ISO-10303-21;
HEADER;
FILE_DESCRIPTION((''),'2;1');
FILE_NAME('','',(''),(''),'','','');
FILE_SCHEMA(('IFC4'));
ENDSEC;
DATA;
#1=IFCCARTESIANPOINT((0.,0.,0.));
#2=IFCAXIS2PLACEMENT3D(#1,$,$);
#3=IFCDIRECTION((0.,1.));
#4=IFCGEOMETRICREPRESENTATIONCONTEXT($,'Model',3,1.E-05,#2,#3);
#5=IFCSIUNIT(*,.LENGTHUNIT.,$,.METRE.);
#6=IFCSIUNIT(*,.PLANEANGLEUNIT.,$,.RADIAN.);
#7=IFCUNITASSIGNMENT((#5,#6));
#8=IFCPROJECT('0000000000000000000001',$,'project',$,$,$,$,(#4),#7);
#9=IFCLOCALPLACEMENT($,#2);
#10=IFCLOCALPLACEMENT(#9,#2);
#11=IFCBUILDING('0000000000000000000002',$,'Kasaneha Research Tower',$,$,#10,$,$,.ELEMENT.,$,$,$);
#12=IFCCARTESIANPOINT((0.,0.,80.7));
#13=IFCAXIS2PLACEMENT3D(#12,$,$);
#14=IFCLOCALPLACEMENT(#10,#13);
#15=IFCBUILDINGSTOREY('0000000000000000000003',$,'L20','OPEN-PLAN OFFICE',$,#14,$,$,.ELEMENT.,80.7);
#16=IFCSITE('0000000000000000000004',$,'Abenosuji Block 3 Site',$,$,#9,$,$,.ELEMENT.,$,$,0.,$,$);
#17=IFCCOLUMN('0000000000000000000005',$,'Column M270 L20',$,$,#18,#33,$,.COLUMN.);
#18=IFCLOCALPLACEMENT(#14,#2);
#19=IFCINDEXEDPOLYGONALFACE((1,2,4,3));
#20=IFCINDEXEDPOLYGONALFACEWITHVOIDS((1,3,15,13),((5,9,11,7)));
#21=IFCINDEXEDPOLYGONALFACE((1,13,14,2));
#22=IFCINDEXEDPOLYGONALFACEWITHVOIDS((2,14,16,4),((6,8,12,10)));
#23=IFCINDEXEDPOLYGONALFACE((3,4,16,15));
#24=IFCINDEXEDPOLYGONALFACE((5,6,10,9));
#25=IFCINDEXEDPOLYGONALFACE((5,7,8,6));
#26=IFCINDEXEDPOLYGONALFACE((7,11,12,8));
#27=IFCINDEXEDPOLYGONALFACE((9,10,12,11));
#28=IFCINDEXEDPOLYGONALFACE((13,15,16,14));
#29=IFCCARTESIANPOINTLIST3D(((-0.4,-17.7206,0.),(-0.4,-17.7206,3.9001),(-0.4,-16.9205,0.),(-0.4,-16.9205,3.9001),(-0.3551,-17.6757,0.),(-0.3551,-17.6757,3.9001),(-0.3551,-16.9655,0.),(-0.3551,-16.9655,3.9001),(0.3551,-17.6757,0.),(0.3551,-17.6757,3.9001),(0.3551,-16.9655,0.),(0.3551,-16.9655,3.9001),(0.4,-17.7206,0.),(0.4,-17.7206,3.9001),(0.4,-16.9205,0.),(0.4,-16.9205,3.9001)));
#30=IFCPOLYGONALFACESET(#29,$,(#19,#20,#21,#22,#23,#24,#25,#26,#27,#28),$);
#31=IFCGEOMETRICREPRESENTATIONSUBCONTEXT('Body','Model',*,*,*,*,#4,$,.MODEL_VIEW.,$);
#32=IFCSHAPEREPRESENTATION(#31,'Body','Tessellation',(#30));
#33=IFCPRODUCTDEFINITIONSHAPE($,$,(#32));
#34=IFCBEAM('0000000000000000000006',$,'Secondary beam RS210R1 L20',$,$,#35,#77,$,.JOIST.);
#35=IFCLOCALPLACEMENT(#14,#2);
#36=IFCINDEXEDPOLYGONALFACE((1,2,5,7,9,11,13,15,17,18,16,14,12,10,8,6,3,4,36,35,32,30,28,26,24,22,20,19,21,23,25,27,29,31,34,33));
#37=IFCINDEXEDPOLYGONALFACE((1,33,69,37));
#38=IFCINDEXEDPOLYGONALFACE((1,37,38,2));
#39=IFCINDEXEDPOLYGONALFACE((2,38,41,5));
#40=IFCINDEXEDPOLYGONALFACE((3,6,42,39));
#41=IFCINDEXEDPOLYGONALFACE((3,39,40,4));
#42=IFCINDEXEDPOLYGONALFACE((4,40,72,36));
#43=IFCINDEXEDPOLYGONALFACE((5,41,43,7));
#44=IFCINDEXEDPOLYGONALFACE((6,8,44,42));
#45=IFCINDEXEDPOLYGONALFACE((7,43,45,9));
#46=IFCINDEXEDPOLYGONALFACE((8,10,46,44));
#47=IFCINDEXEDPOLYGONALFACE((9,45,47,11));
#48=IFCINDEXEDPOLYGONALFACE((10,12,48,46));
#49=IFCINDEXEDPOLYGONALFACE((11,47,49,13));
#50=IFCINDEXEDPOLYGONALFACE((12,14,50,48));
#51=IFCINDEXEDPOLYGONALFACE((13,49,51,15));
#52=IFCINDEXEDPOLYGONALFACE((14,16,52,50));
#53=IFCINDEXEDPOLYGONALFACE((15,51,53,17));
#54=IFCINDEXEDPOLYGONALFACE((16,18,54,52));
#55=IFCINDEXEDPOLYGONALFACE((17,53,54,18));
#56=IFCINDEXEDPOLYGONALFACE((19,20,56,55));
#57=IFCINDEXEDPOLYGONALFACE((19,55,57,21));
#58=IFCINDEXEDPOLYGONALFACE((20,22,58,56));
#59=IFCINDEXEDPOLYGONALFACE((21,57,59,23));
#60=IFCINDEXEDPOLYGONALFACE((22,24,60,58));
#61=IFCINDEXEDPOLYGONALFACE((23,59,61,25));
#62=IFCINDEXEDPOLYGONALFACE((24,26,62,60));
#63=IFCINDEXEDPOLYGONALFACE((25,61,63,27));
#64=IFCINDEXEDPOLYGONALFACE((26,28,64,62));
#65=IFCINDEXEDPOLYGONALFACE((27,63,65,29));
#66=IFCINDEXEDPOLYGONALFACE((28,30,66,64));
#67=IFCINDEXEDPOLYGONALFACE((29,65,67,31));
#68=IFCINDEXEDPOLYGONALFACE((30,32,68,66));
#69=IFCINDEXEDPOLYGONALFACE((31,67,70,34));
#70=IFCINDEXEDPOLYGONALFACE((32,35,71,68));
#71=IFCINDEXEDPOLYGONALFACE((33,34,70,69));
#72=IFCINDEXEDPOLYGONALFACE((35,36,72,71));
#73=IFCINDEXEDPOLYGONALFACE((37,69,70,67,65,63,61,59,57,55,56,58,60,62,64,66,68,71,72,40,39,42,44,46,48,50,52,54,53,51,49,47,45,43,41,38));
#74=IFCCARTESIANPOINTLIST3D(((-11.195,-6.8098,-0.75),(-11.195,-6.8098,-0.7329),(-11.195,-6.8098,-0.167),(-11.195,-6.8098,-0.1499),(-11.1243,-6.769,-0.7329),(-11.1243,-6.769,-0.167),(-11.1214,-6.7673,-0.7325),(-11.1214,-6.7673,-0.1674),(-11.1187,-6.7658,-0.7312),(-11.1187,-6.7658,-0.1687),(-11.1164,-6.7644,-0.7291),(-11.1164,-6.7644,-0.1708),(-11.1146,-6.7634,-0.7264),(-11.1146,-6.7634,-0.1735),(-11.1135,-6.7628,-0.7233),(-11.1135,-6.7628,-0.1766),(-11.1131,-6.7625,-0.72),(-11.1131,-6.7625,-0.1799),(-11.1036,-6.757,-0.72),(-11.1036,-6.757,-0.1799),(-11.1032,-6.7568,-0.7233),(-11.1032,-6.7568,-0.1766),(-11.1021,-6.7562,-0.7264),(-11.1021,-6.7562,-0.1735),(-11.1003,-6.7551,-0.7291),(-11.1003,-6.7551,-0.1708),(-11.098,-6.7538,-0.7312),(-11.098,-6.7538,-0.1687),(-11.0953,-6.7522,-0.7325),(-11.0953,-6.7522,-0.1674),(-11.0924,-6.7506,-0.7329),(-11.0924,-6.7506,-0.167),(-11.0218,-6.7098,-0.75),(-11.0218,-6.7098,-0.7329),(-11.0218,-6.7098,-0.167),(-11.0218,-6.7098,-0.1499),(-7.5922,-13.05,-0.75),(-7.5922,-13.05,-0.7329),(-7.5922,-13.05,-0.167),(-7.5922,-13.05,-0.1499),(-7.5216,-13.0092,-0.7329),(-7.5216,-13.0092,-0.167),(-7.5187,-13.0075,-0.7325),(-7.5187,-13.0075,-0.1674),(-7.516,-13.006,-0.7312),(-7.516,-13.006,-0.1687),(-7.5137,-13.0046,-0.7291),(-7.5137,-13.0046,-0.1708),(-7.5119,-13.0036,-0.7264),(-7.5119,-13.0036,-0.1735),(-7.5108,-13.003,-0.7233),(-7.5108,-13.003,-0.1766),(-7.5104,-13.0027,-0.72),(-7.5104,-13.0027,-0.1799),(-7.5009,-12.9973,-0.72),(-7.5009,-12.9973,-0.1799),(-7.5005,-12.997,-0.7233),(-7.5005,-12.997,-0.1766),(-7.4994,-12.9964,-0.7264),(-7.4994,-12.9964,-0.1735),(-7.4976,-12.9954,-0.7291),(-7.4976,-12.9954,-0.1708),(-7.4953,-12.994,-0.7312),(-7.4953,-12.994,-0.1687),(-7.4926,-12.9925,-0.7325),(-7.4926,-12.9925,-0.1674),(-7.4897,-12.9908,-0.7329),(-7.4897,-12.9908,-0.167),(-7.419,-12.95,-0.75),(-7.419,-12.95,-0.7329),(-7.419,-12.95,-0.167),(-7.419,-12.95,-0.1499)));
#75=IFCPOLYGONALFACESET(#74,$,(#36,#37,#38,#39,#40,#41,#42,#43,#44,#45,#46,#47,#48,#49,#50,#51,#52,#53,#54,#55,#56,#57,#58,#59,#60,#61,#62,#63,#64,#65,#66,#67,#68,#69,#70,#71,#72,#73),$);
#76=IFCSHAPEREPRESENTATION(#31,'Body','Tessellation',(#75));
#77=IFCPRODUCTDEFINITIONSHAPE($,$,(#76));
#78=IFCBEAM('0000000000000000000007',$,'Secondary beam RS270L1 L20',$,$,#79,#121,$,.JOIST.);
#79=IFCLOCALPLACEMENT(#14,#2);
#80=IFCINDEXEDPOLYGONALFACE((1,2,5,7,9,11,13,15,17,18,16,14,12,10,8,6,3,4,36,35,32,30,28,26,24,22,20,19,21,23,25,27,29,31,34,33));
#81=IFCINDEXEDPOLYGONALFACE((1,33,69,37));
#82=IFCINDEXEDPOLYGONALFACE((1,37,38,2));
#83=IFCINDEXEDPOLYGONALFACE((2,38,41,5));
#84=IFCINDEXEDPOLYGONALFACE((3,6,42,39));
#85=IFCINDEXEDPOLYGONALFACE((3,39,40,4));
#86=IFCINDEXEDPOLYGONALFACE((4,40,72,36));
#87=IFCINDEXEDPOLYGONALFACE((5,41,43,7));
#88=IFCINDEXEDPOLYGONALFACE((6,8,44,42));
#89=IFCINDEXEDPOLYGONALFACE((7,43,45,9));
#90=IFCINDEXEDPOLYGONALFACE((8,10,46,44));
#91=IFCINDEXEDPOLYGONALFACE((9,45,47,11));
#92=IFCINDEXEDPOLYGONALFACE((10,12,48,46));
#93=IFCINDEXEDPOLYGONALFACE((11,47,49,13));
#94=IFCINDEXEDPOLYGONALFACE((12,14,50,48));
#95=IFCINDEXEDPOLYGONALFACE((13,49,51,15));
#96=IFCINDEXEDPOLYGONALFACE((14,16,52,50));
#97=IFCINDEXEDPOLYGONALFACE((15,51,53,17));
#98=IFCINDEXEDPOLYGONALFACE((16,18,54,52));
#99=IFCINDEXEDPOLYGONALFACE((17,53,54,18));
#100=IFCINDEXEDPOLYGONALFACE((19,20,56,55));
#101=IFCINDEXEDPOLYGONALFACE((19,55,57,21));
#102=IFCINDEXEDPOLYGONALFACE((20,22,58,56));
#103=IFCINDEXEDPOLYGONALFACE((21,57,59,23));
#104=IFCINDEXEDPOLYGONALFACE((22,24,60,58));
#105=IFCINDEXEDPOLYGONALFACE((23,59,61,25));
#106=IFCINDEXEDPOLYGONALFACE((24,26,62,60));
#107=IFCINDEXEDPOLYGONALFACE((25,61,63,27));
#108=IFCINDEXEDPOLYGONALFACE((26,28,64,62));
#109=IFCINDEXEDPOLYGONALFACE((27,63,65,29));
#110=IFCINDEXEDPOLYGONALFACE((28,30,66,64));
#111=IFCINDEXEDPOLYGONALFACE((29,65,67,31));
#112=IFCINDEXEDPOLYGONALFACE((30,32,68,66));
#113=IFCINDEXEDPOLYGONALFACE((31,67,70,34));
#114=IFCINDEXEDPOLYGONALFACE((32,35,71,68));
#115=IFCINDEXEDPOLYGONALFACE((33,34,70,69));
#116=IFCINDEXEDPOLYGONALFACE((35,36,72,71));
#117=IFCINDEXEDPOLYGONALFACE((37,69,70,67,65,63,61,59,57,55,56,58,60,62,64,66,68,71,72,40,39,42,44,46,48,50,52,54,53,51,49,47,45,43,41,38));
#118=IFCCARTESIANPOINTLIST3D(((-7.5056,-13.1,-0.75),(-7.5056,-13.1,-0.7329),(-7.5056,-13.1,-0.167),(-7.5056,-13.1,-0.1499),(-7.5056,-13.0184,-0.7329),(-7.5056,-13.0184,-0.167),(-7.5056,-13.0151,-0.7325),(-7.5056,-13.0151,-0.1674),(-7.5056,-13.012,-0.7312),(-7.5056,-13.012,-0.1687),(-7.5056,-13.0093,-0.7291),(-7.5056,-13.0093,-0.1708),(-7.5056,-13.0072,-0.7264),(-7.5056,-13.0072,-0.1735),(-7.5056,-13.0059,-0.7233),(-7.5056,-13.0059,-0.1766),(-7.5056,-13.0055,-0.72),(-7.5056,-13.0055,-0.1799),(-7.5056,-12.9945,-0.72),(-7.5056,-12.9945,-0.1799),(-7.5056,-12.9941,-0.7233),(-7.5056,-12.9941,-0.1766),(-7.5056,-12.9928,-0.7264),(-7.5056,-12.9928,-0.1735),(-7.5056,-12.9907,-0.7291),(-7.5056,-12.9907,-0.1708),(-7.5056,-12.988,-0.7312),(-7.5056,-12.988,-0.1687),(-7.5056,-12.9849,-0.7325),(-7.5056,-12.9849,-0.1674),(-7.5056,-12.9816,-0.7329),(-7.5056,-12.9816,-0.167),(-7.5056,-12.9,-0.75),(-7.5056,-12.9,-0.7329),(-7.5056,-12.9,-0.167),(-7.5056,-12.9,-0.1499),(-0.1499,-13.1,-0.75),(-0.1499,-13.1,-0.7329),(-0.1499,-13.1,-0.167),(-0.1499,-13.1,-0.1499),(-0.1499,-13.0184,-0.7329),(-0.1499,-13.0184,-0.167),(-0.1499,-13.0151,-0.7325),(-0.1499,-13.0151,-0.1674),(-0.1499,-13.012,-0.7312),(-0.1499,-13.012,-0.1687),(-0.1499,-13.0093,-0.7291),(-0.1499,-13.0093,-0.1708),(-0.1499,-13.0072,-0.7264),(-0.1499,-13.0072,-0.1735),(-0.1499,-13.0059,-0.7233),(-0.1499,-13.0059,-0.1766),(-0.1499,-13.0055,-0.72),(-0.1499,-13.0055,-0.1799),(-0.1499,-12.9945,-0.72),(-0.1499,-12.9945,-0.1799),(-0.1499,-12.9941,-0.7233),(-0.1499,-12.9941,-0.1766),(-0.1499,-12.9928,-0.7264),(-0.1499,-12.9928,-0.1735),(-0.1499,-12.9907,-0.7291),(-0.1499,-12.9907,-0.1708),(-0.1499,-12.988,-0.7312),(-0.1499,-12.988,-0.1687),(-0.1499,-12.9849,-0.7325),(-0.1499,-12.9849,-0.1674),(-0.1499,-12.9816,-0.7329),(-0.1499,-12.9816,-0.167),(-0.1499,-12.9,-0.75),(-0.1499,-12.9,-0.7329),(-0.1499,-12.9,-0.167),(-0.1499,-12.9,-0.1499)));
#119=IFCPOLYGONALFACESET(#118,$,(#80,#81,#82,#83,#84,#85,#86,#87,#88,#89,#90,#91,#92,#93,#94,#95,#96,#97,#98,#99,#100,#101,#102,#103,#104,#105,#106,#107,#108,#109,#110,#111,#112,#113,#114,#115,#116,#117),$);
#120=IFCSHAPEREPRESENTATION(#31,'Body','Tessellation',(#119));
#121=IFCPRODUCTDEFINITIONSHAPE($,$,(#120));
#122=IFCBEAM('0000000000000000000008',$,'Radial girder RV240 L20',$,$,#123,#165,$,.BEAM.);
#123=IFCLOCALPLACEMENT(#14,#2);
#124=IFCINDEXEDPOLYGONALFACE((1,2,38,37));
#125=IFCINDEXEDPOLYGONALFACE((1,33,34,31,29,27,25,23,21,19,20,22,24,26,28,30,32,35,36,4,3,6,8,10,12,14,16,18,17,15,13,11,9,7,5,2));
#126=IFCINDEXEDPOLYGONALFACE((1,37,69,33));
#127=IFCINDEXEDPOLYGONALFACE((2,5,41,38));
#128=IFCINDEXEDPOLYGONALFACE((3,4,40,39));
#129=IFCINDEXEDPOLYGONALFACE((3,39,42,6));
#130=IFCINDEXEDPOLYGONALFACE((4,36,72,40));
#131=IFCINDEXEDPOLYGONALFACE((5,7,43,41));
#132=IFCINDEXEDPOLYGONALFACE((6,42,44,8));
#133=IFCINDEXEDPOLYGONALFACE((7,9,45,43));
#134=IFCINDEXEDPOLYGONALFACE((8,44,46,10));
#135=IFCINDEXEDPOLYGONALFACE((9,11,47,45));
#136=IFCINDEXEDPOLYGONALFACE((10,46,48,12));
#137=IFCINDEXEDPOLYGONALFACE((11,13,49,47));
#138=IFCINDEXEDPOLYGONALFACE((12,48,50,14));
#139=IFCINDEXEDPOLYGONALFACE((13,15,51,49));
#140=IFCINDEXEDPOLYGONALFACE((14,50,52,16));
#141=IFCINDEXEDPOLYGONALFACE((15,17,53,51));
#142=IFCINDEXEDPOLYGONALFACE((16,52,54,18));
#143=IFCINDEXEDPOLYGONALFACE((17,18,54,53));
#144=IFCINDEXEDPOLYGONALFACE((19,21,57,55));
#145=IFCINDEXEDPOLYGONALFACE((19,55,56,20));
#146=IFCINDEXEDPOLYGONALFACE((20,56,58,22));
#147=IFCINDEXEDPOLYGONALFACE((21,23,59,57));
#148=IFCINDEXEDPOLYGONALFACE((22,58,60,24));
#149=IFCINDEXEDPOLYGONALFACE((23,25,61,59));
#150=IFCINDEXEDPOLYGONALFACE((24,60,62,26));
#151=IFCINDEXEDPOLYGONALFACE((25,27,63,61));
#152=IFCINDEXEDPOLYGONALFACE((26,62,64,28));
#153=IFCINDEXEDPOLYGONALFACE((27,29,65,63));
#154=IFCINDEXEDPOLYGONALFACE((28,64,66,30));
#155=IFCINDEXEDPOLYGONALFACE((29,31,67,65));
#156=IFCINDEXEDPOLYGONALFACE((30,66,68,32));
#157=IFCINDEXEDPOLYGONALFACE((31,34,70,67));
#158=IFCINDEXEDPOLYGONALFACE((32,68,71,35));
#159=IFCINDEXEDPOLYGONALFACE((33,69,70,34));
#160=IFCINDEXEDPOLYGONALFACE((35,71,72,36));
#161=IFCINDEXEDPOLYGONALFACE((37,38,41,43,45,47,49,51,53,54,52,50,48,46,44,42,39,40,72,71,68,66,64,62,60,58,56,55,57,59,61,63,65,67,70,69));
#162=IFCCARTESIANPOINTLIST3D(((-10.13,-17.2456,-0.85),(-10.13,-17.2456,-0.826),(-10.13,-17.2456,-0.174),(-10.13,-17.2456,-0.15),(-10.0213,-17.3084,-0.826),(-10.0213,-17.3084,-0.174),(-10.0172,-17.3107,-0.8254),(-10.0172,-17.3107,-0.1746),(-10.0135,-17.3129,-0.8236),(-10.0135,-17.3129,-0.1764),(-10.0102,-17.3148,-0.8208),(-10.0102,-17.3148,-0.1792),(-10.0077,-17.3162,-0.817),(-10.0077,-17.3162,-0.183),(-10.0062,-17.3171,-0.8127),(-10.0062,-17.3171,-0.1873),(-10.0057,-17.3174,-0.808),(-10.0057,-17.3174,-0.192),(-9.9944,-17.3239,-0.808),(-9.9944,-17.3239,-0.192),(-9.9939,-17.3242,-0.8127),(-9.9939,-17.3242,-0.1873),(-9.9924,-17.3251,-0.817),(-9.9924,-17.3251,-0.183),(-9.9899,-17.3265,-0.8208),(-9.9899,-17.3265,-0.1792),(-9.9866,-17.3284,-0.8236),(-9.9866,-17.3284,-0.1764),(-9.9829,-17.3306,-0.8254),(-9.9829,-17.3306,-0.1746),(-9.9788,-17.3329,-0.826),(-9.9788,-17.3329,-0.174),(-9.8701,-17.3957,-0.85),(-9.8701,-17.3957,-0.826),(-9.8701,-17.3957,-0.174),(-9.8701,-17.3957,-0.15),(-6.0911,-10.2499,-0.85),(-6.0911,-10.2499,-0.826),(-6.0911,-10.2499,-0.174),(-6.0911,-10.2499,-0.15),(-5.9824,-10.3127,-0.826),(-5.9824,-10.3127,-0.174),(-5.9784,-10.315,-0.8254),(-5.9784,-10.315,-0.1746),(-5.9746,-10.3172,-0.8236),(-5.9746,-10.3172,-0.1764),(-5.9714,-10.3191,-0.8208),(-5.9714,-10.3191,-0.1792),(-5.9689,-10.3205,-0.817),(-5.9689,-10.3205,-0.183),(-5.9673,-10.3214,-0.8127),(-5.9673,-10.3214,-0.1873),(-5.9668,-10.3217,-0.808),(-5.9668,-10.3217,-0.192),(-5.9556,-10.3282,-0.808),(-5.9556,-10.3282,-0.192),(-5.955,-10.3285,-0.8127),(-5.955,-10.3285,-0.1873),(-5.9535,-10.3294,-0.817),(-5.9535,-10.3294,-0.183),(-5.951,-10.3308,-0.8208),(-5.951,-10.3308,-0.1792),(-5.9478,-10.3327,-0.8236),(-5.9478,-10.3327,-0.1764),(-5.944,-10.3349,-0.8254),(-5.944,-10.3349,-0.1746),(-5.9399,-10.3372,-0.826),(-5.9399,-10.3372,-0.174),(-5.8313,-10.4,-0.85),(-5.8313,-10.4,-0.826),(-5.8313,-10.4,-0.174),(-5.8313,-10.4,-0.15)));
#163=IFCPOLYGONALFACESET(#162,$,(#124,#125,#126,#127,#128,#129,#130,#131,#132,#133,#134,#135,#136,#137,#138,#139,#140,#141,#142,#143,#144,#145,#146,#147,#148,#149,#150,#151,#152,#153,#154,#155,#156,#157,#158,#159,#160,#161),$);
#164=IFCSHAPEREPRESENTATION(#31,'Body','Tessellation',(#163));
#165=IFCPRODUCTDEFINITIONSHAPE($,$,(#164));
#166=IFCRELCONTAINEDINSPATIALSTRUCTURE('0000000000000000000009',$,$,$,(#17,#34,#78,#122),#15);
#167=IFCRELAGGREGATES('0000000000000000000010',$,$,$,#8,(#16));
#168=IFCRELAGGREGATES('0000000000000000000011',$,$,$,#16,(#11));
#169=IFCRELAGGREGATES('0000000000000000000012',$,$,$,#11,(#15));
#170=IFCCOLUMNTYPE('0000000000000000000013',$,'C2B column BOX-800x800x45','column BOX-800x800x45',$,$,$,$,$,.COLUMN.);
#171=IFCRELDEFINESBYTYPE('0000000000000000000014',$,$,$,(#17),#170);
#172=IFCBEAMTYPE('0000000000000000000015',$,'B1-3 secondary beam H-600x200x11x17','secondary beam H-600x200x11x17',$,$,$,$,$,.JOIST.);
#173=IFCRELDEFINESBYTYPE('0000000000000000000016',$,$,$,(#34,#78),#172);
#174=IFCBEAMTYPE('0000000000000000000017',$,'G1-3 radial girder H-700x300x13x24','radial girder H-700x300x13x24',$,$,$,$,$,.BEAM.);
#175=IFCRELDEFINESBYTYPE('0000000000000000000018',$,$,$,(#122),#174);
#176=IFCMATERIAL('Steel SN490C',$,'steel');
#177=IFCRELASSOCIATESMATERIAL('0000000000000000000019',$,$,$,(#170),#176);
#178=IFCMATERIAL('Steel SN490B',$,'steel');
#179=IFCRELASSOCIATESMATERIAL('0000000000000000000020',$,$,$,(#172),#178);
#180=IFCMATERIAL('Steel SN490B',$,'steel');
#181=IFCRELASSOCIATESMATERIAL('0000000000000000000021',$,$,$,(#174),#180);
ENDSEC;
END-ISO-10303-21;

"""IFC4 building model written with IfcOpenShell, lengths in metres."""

from ifc_helpers import new_model, si_unit, direction, frame, origin, origin_2d, place, context, subcontext, project, spatial, hollow_rectangle, i_section, extrude, material, material_profile, profile_set, type_object, element, save


model = new_model("IFC4")

# Units and contexts
model_context = context("Model", 3, precision=1e-05, world=origin(), true_north=direction((0.0, 1.0)))
body_context = subcontext(model_context, "Body", "Model", "MODEL_VIEW")
ifc_project = project(units=[si_unit("LENGTHUNIT", "METRE"), si_unit("PLANEANGLEUNIT", "RADIAN")], contexts=[model_context])

# Site, building, storey
site_placement = place(None, origin())
site = spatial("IfcSite", under=ifc_project, at=site_placement, Name="Abenosuji Block 3 Site", CompositionType="ELEMENT", RefElevation=0.0)
building_placement = place(site_placement, origin())
building = spatial("IfcBuilding", under=site, at=building_placement, Name="Kasaneha Research Tower", CompositionType="ELEMENT")
storey_placement = place(building_placement, frame((0.0, 0.0, 80.7)))
storey = spatial("IfcBuildingStorey", under=building, at=storey_placement, Name="L20", Description="OPEN-PLAN OFFICE", CompositionType="ELEMENT", Elevation=80.7)

# Column
ifc_material_1 = material(Name="Steel SN490C", Category="steel")
ifc_material_profile_1 = material_profile(ifc_material_1, hollow_rectangle(XDim=0.8, YDim=0.8, WallThickness=0.0449, at=origin_2d()), Name="BOX-800x800x45")
ifc_profile_set_1 = profile_set([ifc_material_profile_1], Name="Steel SN490C")
column_type = type_object("IfcColumnType", Name="C2B column BOX-800x800x45", Description="column BOX-800x800x45", PredefinedType="COLUMN", material=ifc_profile_set_1)
column_placement = place(storey_placement, frame((0.0, -17.3206, 0.0), z_axis=(0.0, 0.0, 1.0), x_axis=(1.0, 0.0, 0.0)))
element("IfcColumn", 1, at=column_placement, inside=storey, type_object=column_type, Name="Column M270 L20", PredefinedType="COLUMN", context=body_context, shape_type="SweptSolid", body=[
    extrude(hollow_rectangle(XDim=0.8, YDim=0.8, WallThickness=0.0449, at=origin_2d()), origin(), (0.0, 0.0, 1.0), 3.9001),
])

# Beams
ifc_material_2 = material(Name="Steel SN490B", Category="steel")
ifc_material_profile_2 = material_profile(ifc_material_2, i_section(OverallWidth=0.2, OverallDepth=0.6001, WebThickness=0.011, FlangeThickness=0.0171, FilletRadius=0.0129, at=origin_2d()), Name="H-600x200x11x17")
ifc_profile_set_2 = profile_set([ifc_material_profile_2], Name="Steel SN490B")
beam_type_1 = type_object("IfcBeamType", Name="B1-3 secondary beam H-600x200x11x17", Description="secondary beam H-600x200x11x17", PredefinedType="JOIST", material=ifc_profile_set_2)
beam_1_placement = place(storey_placement, frame((-7.5056, -13.0, -0.45), z_axis=(-0.499998, 0.866026, 0.0), x_axis=(-0.866026, -0.499998, 0.0)))
element("IfcBeam", 2, at=beam_1_placement, inside=storey, type_object=beam_type_1, Name="Secondary beam RS210R1 L20", PredefinedType="JOIST", context=body_context, shape_type="SweptSolid", body=[
    extrude(i_section(OverallWidth=0.2, OverallDepth=0.6001, WebThickness=0.011, FlangeThickness=0.0171, FilletRadius=0.0129, at=origin_2d()), origin(), (0.0, 0.0, 1.0), 7.2056),
])
beam_2_placement = place(storey_placement, frame((-7.5056, -13.0, -0.45), z_axis=(1.0, 0.0, 0.0), x_axis=(0.0, 1.0, 0.0)))
element("IfcBeam", 3, at=beam_2_placement, inside=storey, type_object=beam_type_1, Name="Secondary beam RS270L1 L20", PredefinedType="JOIST", context=body_context, shape_type="SweptSolid", body=[
    extrude(i_section(OverallWidth=0.2, OverallDepth=0.6001, WebThickness=0.011, FlangeThickness=0.0171, FilletRadius=0.0129, at=origin_2d()), origin(), (0.0, 0.0, 1.0), 7.3557),
])
ifc_material_3 = material(Name="Steel SN490B", Category="steel")
ifc_material_profile_3 = material_profile(ifc_material_3, i_section(OverallWidth=0.3, OverallDepth=0.7, WebThickness=0.0129, FlangeThickness=0.0239, FilletRadius=0.0181, at=origin_2d()), Name="H-700x300x13x24")
ifc_profile_set_3 = profile_set([ifc_material_profile_3], Name="Steel SN490B")
beam_type_2 = type_object("IfcBeamType", Name="G1-3 radial girder H-700x300x13x24", Description="radial girder H-700x300x13x24", PredefinedType="BEAM", material=ifc_profile_set_3)
beam_3_placement = place(storey_placement, frame((-5.9612, -10.325, -0.5), z_axis=(-0.499991, -0.866031, 0.0), x_axis=(0.866031, -0.499991, 0.0)))
element("IfcBeam", 4, at=beam_3_placement, inside=storey, type_object=beam_type_2, Name="Radial girder RV240 L20", PredefinedType="BEAM", context=body_context, shape_type="SweptSolid", body=[
    extrude(i_section(OverallWidth=0.3, OverallDepth=0.7, WebThickness=0.0129, FlangeThickness=0.0239, FilletRadius=0.0181, at=origin_2d()), origin(), (0.0, 0.0, 1.0), 8.0779),
])

save(model, "model.ifc")
